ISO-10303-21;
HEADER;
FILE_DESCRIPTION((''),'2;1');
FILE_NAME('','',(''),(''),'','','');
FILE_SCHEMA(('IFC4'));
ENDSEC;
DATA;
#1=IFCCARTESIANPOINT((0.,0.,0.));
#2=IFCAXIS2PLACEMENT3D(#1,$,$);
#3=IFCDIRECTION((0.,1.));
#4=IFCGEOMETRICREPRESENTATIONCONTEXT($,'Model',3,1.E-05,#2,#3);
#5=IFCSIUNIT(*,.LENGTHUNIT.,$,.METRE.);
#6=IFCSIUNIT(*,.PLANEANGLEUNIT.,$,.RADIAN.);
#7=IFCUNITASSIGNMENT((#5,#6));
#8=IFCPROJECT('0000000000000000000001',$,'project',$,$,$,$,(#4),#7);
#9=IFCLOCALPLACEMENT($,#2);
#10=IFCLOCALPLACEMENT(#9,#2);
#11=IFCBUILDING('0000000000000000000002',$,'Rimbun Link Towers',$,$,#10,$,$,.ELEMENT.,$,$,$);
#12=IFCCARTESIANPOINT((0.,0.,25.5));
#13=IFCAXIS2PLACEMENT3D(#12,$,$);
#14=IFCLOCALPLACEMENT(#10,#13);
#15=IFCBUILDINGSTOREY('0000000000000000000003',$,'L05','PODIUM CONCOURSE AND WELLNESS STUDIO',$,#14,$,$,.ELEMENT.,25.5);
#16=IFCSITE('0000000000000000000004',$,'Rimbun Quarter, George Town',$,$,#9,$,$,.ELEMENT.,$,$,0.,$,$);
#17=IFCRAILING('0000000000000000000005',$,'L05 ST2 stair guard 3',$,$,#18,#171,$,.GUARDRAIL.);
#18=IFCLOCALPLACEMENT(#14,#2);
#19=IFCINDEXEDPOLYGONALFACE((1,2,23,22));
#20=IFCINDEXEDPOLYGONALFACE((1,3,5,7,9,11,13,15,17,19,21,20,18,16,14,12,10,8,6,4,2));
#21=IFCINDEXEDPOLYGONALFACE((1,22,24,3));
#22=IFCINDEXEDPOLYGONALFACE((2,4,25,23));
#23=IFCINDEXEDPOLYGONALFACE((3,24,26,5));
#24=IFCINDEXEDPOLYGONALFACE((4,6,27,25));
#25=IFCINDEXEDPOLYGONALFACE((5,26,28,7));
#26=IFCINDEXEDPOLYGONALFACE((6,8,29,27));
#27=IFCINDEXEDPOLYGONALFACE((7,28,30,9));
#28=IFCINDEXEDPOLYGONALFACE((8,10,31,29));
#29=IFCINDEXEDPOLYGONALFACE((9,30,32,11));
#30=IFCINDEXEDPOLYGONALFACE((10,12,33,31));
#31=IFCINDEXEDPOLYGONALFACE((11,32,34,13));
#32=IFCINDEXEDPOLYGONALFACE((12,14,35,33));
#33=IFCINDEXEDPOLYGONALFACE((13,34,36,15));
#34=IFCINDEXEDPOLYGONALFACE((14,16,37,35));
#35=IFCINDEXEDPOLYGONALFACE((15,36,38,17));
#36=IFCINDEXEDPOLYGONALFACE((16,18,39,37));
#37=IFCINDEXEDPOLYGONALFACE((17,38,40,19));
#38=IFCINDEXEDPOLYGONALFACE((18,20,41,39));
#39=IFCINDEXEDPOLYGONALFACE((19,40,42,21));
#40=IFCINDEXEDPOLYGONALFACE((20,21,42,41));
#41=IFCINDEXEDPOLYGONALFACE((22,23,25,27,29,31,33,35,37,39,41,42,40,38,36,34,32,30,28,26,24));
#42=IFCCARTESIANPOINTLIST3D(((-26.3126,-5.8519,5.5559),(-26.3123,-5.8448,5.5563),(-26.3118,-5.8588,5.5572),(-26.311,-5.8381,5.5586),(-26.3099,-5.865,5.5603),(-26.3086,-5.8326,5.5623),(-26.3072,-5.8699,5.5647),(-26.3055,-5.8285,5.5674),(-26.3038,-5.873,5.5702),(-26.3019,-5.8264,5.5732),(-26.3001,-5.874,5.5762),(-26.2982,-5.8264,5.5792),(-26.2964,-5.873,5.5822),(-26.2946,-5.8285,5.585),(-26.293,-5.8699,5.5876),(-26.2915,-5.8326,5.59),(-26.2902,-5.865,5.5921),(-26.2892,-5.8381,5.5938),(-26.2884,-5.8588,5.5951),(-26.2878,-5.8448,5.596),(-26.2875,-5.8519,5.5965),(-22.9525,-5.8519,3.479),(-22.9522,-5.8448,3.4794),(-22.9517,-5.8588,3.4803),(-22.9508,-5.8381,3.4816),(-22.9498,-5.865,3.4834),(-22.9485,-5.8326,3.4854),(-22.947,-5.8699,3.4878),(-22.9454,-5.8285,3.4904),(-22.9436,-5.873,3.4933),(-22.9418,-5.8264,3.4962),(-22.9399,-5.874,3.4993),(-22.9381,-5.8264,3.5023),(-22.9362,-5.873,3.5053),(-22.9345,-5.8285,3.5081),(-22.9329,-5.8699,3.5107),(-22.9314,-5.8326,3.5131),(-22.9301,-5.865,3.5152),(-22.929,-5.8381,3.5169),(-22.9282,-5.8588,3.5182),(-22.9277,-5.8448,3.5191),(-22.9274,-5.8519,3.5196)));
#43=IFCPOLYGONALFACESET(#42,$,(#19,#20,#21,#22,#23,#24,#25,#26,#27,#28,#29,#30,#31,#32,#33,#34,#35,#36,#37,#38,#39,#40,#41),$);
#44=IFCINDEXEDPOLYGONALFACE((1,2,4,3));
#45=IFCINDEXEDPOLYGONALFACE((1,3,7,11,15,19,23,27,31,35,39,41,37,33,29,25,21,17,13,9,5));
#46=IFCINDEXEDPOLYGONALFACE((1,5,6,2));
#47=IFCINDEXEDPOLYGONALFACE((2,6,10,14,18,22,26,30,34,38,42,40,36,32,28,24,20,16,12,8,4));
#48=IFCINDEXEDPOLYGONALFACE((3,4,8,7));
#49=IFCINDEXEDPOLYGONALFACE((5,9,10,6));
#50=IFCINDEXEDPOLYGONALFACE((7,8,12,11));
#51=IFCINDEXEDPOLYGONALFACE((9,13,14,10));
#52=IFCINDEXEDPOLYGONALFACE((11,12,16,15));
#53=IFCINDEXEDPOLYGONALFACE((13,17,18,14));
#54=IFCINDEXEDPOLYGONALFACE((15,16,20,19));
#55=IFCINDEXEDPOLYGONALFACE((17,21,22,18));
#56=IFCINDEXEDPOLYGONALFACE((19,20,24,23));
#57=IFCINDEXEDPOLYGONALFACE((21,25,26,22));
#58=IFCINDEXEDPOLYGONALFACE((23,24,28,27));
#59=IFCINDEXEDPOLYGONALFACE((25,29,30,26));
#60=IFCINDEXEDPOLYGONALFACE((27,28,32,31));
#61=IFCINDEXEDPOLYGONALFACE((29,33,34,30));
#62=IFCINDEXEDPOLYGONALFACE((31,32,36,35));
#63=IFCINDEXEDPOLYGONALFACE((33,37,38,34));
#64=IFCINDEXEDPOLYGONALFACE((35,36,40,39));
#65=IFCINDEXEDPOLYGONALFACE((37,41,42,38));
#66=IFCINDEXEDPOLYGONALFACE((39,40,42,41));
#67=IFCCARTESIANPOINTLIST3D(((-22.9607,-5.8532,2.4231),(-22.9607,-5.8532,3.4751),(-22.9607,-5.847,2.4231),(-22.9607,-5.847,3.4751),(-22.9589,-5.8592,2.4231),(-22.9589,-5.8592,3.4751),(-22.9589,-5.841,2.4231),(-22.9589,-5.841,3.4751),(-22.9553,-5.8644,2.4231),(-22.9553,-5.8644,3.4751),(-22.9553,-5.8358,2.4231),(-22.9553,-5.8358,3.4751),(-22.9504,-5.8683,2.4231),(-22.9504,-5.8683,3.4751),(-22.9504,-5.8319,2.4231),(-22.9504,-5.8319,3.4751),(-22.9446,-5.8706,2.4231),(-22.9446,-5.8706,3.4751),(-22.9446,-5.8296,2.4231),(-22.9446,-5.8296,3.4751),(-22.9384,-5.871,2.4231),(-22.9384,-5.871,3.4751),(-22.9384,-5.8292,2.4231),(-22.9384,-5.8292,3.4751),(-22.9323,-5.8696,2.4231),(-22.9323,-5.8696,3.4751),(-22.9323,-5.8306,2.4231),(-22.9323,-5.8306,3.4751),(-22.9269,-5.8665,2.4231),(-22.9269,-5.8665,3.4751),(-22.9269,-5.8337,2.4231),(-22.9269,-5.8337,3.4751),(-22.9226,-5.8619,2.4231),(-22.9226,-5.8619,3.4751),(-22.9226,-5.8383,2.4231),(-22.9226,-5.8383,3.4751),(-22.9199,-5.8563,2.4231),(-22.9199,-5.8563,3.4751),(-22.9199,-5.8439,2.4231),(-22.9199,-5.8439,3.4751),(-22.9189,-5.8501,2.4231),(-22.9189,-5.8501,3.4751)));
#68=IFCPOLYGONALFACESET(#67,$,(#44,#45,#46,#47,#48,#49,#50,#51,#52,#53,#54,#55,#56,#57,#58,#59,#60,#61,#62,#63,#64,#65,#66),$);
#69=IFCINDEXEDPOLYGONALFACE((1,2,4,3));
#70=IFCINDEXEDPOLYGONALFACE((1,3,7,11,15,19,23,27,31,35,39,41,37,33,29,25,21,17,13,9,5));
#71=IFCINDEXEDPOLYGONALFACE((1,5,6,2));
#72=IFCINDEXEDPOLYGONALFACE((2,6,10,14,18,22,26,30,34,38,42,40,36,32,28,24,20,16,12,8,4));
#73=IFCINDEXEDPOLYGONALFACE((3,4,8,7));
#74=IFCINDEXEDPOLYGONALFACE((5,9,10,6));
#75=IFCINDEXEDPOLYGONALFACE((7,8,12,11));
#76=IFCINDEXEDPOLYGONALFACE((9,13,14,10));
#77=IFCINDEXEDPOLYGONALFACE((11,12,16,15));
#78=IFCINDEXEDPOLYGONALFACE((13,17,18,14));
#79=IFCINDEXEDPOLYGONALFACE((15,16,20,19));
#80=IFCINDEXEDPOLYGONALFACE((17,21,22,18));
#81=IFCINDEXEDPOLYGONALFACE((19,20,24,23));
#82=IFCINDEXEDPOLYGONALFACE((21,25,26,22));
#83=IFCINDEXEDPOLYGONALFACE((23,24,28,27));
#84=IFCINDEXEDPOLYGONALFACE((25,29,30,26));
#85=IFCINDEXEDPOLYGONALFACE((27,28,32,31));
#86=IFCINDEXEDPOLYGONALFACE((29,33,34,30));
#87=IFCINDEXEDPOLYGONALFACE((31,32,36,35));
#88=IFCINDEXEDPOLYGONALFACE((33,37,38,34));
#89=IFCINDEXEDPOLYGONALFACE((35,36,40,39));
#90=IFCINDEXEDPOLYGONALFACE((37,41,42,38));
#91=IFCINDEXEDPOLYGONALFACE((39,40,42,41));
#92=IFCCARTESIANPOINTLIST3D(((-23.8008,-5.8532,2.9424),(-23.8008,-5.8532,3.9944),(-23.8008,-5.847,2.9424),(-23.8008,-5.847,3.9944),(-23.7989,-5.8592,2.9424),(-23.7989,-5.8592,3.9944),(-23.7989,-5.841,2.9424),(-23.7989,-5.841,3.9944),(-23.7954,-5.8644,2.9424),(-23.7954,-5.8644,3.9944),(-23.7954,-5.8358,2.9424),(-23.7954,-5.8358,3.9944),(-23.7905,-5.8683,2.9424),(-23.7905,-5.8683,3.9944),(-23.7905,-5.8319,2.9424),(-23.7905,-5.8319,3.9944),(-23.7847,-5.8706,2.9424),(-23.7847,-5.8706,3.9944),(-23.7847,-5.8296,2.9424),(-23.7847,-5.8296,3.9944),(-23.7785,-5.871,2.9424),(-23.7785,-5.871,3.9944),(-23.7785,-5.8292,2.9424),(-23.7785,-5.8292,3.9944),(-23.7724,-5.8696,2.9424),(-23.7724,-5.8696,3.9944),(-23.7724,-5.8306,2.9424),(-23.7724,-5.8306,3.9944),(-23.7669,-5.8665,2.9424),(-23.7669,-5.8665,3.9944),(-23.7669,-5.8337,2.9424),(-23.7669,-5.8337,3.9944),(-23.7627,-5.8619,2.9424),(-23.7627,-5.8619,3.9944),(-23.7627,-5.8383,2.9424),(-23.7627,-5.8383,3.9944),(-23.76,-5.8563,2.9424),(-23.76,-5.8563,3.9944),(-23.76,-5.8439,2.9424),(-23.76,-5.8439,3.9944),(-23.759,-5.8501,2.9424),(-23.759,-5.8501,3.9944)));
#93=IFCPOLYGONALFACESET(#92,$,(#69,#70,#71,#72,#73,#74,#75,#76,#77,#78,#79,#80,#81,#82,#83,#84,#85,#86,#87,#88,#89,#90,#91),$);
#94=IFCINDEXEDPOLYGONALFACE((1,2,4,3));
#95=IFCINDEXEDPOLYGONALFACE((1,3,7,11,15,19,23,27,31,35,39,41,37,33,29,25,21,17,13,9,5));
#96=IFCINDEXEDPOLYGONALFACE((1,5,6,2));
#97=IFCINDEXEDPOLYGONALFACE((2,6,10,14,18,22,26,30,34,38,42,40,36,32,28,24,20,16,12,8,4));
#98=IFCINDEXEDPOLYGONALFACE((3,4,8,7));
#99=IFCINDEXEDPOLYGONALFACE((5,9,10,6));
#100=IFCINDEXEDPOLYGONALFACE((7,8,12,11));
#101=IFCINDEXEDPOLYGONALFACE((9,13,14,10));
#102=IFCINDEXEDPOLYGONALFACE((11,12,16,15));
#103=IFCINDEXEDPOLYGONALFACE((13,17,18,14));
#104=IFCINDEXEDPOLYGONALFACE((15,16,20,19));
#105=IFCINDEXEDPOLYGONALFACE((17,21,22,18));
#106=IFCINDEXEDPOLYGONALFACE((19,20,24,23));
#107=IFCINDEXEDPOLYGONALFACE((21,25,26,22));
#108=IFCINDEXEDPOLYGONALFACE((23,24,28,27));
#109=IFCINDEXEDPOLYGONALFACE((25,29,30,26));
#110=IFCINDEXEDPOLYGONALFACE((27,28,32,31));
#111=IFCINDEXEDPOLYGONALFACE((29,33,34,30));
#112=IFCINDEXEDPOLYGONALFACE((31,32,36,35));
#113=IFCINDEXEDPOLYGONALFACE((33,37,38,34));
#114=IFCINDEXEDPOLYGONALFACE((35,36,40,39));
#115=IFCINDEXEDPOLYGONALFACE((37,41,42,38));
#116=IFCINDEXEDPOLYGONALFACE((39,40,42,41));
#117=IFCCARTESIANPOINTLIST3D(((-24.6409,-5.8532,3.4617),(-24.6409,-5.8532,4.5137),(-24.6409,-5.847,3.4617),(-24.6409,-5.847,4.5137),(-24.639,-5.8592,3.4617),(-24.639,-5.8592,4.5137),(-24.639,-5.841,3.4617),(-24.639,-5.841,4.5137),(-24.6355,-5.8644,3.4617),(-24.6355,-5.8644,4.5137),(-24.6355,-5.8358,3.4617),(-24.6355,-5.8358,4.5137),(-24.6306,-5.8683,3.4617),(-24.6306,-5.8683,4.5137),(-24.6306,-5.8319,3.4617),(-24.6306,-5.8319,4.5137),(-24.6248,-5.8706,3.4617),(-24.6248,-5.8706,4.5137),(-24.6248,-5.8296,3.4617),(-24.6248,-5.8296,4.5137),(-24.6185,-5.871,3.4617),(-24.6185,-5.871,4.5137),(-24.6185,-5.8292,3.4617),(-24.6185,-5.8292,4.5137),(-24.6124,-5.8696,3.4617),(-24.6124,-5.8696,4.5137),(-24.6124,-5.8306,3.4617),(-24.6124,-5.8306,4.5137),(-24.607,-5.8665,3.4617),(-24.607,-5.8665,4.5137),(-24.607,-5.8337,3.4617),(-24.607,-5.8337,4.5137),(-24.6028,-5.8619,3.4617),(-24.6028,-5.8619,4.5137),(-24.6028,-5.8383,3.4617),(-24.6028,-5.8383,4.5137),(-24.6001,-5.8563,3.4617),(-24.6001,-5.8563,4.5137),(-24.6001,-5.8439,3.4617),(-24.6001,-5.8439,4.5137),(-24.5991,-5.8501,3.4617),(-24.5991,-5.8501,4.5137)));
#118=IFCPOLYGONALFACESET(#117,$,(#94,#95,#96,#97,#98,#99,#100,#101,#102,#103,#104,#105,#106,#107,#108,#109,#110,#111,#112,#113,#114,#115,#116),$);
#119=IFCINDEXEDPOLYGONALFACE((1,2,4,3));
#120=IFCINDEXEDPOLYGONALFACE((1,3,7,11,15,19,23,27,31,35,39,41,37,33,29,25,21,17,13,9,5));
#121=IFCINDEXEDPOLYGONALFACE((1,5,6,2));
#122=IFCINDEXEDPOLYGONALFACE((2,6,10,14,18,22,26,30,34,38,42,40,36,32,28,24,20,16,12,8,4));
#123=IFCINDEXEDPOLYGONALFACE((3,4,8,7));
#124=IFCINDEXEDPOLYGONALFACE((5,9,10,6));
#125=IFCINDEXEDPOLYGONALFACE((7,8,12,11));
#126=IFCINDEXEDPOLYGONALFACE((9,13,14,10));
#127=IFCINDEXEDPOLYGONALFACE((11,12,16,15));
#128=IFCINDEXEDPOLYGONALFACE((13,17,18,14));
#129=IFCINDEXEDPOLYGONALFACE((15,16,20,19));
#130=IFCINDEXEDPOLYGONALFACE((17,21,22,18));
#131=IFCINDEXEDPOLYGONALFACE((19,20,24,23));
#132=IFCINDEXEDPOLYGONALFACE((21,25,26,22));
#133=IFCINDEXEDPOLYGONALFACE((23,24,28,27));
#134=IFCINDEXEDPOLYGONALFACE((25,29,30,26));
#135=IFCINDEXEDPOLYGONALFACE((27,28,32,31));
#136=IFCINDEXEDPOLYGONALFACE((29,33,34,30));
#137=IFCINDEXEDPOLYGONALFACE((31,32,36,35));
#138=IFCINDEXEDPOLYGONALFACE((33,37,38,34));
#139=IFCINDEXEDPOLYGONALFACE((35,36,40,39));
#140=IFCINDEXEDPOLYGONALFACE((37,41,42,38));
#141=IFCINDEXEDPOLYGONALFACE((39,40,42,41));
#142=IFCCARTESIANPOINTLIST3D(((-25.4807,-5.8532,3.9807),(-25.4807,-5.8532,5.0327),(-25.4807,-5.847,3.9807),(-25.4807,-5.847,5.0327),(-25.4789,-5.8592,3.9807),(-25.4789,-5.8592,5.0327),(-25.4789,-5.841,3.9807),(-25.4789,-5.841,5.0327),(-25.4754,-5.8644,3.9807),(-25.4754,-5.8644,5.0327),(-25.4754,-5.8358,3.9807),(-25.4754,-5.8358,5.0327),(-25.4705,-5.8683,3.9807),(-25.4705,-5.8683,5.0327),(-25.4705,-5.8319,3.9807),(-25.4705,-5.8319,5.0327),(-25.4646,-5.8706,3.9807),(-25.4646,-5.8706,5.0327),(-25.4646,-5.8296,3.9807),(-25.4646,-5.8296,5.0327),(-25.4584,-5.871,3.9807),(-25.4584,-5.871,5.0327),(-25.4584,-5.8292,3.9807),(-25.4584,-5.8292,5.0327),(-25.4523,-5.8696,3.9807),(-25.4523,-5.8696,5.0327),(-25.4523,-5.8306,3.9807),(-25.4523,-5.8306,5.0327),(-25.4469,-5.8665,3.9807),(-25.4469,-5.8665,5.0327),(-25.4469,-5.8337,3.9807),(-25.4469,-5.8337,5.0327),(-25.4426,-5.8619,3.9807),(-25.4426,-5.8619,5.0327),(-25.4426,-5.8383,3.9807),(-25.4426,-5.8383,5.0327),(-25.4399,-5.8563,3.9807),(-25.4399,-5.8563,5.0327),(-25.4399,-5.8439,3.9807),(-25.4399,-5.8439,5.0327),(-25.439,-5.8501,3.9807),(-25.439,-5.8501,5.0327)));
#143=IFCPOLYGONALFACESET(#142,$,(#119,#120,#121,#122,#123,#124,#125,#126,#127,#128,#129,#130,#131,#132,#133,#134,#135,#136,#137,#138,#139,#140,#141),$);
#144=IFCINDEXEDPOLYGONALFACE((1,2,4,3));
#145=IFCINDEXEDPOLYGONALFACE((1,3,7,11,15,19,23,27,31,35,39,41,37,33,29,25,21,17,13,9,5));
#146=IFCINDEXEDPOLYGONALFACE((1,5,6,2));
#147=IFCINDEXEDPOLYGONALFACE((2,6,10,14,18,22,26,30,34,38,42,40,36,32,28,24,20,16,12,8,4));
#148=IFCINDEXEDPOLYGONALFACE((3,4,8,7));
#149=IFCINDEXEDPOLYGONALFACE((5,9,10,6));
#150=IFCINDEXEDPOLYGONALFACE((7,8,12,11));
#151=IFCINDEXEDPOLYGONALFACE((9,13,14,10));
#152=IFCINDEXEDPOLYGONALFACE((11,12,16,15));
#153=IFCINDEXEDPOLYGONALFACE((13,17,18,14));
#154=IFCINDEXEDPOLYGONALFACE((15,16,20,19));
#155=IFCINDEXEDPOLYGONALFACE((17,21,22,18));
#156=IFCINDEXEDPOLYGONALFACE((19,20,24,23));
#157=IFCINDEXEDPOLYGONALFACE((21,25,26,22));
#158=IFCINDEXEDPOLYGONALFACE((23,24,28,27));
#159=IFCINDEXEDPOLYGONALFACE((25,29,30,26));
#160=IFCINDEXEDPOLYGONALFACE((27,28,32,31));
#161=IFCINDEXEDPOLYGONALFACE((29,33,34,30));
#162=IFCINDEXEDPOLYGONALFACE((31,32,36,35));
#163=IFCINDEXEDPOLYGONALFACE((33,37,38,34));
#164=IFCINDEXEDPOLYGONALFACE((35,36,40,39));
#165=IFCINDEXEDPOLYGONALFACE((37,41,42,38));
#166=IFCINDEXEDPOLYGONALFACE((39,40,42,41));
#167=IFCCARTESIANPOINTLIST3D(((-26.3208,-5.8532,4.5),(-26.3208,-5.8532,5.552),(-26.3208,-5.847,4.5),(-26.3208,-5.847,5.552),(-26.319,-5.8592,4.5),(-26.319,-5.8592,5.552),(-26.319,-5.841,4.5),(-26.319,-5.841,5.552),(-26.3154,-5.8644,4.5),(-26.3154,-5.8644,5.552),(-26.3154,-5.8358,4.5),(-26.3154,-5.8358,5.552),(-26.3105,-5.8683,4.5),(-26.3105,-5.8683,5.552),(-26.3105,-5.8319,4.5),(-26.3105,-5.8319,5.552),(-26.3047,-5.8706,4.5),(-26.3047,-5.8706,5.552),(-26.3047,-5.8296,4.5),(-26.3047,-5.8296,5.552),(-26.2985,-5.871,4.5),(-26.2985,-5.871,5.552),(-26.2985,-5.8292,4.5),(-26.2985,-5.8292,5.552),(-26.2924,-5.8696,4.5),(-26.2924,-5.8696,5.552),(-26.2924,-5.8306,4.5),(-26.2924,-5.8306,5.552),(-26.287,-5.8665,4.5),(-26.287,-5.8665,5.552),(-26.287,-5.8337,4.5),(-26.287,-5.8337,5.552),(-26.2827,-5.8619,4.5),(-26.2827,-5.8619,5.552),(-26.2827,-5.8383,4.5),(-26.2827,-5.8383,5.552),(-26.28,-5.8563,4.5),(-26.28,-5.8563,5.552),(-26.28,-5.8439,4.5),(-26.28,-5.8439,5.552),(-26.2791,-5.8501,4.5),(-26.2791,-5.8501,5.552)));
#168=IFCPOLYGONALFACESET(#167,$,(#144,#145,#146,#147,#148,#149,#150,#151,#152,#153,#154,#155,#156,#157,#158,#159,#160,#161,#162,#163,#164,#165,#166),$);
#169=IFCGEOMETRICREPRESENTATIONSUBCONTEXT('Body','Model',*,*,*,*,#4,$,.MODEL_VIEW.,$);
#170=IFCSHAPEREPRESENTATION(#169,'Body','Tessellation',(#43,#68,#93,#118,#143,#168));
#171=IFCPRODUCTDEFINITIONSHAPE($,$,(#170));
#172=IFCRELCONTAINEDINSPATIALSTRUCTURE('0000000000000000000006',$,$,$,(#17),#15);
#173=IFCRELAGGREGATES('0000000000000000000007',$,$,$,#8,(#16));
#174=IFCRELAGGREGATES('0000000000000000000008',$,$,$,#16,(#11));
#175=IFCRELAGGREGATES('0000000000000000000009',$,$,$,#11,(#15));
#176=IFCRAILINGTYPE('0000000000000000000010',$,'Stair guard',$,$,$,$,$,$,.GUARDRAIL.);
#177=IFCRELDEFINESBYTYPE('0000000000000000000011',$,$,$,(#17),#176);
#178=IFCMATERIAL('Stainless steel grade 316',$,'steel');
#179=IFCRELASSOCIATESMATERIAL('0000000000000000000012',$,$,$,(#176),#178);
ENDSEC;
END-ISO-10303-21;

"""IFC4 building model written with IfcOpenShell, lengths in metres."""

from ifc_helpers import new_model, si_unit, direction, frame, origin, origin_2d, place, context, subcontext, project, spatial, circle, extrude, material, type_object, element, save


model = new_model("IFC4")

# Units and contexts
model_context = context("Model", 3, precision=1e-05, world=origin(), true_north=direction((0.0, 1.0)))
body_context = subcontext(model_context, "Body", "Model", "MODEL_VIEW")
ifc_project = project(units=[si_unit("LENGTHUNIT", "METRE"), si_unit("PLANEANGLEUNIT", "RADIAN")], contexts=[model_context])

# Site, building, storey
site_placement = place(None, origin())
site = spatial("IfcSite", under=ifc_project, at=site_placement, Name="Rimbun Quarter, George Town", CompositionType="ELEMENT", RefElevation=0.0)
building_placement = place(site_placement, origin())
building = spatial("IfcBuilding", under=site, at=building_placement, Name="Rimbun Link Towers", CompositionType="ELEMENT")
storey_placement = place(building_placement, frame((0.0, 0.0, 25.5)))
storey = spatial("IfcBuildingStorey", under=building, at=storey_placement, Name="L05", Description="PODIUM CONCOURSE AND WELLNESS STUDIO", CompositionType="ELEMENT", Elevation=25.5)

# Railing
ifc_material_1 = material(Name="Stainless steel grade 316", Category="steel")
railing_type_1 = type_object("IfcRailingType", Name="Stair guard", PredefinedType="GUARDRAIL", material=ifc_material_1)
railing_1_placement = place(storey_placement, frame((-22.9399, -5.8501, 2.4231)))
element("IfcRailing", 1, at=railing_1_placement, inside=storey, type_object=railing_type_1, Name="L05 ST2 stair guard 3", PredefinedType="GUARDRAIL", context=body_context, shape_type="SweptSolid", body=[
    extrude(circle(Radius=0.0239, at=origin_2d()), frame((0.0, 0.0, 1.0762), z_axis=(-0.850623, 0.0, 0.525776), x_axis=(0.0, -1.0, 0.0)), (0.0, 0.0, 1.0), 3.9502),
    extrude(circle(Radius=0.021, at=origin_2d()), origin(), (0.0, 0.0, 1.0), 1.052),
    extrude(circle(Radius=0.021, at=origin_2d()), frame((-0.8401, 0.0, 0.5193)), (0.0, 0.0, 1.0), 1.052),
    extrude(circle(Radius=0.021, at=origin_2d()), frame((-1.6802, 0.0, 1.0386)), (0.0, 0.0, 1.0), 1.052),
    extrude(circle(Radius=0.021, at=origin_2d()), frame((-2.52, 0.0, 1.5576)), (0.0, 0.0, 1.0), 1.052),
    extrude(circle(Radius=0.021, at=origin_2d()), frame((-3.3601, 0.0, 2.0769)), (0.0, 0.0, 1.0), 1.052),
])

save(model, "model.ifc")
